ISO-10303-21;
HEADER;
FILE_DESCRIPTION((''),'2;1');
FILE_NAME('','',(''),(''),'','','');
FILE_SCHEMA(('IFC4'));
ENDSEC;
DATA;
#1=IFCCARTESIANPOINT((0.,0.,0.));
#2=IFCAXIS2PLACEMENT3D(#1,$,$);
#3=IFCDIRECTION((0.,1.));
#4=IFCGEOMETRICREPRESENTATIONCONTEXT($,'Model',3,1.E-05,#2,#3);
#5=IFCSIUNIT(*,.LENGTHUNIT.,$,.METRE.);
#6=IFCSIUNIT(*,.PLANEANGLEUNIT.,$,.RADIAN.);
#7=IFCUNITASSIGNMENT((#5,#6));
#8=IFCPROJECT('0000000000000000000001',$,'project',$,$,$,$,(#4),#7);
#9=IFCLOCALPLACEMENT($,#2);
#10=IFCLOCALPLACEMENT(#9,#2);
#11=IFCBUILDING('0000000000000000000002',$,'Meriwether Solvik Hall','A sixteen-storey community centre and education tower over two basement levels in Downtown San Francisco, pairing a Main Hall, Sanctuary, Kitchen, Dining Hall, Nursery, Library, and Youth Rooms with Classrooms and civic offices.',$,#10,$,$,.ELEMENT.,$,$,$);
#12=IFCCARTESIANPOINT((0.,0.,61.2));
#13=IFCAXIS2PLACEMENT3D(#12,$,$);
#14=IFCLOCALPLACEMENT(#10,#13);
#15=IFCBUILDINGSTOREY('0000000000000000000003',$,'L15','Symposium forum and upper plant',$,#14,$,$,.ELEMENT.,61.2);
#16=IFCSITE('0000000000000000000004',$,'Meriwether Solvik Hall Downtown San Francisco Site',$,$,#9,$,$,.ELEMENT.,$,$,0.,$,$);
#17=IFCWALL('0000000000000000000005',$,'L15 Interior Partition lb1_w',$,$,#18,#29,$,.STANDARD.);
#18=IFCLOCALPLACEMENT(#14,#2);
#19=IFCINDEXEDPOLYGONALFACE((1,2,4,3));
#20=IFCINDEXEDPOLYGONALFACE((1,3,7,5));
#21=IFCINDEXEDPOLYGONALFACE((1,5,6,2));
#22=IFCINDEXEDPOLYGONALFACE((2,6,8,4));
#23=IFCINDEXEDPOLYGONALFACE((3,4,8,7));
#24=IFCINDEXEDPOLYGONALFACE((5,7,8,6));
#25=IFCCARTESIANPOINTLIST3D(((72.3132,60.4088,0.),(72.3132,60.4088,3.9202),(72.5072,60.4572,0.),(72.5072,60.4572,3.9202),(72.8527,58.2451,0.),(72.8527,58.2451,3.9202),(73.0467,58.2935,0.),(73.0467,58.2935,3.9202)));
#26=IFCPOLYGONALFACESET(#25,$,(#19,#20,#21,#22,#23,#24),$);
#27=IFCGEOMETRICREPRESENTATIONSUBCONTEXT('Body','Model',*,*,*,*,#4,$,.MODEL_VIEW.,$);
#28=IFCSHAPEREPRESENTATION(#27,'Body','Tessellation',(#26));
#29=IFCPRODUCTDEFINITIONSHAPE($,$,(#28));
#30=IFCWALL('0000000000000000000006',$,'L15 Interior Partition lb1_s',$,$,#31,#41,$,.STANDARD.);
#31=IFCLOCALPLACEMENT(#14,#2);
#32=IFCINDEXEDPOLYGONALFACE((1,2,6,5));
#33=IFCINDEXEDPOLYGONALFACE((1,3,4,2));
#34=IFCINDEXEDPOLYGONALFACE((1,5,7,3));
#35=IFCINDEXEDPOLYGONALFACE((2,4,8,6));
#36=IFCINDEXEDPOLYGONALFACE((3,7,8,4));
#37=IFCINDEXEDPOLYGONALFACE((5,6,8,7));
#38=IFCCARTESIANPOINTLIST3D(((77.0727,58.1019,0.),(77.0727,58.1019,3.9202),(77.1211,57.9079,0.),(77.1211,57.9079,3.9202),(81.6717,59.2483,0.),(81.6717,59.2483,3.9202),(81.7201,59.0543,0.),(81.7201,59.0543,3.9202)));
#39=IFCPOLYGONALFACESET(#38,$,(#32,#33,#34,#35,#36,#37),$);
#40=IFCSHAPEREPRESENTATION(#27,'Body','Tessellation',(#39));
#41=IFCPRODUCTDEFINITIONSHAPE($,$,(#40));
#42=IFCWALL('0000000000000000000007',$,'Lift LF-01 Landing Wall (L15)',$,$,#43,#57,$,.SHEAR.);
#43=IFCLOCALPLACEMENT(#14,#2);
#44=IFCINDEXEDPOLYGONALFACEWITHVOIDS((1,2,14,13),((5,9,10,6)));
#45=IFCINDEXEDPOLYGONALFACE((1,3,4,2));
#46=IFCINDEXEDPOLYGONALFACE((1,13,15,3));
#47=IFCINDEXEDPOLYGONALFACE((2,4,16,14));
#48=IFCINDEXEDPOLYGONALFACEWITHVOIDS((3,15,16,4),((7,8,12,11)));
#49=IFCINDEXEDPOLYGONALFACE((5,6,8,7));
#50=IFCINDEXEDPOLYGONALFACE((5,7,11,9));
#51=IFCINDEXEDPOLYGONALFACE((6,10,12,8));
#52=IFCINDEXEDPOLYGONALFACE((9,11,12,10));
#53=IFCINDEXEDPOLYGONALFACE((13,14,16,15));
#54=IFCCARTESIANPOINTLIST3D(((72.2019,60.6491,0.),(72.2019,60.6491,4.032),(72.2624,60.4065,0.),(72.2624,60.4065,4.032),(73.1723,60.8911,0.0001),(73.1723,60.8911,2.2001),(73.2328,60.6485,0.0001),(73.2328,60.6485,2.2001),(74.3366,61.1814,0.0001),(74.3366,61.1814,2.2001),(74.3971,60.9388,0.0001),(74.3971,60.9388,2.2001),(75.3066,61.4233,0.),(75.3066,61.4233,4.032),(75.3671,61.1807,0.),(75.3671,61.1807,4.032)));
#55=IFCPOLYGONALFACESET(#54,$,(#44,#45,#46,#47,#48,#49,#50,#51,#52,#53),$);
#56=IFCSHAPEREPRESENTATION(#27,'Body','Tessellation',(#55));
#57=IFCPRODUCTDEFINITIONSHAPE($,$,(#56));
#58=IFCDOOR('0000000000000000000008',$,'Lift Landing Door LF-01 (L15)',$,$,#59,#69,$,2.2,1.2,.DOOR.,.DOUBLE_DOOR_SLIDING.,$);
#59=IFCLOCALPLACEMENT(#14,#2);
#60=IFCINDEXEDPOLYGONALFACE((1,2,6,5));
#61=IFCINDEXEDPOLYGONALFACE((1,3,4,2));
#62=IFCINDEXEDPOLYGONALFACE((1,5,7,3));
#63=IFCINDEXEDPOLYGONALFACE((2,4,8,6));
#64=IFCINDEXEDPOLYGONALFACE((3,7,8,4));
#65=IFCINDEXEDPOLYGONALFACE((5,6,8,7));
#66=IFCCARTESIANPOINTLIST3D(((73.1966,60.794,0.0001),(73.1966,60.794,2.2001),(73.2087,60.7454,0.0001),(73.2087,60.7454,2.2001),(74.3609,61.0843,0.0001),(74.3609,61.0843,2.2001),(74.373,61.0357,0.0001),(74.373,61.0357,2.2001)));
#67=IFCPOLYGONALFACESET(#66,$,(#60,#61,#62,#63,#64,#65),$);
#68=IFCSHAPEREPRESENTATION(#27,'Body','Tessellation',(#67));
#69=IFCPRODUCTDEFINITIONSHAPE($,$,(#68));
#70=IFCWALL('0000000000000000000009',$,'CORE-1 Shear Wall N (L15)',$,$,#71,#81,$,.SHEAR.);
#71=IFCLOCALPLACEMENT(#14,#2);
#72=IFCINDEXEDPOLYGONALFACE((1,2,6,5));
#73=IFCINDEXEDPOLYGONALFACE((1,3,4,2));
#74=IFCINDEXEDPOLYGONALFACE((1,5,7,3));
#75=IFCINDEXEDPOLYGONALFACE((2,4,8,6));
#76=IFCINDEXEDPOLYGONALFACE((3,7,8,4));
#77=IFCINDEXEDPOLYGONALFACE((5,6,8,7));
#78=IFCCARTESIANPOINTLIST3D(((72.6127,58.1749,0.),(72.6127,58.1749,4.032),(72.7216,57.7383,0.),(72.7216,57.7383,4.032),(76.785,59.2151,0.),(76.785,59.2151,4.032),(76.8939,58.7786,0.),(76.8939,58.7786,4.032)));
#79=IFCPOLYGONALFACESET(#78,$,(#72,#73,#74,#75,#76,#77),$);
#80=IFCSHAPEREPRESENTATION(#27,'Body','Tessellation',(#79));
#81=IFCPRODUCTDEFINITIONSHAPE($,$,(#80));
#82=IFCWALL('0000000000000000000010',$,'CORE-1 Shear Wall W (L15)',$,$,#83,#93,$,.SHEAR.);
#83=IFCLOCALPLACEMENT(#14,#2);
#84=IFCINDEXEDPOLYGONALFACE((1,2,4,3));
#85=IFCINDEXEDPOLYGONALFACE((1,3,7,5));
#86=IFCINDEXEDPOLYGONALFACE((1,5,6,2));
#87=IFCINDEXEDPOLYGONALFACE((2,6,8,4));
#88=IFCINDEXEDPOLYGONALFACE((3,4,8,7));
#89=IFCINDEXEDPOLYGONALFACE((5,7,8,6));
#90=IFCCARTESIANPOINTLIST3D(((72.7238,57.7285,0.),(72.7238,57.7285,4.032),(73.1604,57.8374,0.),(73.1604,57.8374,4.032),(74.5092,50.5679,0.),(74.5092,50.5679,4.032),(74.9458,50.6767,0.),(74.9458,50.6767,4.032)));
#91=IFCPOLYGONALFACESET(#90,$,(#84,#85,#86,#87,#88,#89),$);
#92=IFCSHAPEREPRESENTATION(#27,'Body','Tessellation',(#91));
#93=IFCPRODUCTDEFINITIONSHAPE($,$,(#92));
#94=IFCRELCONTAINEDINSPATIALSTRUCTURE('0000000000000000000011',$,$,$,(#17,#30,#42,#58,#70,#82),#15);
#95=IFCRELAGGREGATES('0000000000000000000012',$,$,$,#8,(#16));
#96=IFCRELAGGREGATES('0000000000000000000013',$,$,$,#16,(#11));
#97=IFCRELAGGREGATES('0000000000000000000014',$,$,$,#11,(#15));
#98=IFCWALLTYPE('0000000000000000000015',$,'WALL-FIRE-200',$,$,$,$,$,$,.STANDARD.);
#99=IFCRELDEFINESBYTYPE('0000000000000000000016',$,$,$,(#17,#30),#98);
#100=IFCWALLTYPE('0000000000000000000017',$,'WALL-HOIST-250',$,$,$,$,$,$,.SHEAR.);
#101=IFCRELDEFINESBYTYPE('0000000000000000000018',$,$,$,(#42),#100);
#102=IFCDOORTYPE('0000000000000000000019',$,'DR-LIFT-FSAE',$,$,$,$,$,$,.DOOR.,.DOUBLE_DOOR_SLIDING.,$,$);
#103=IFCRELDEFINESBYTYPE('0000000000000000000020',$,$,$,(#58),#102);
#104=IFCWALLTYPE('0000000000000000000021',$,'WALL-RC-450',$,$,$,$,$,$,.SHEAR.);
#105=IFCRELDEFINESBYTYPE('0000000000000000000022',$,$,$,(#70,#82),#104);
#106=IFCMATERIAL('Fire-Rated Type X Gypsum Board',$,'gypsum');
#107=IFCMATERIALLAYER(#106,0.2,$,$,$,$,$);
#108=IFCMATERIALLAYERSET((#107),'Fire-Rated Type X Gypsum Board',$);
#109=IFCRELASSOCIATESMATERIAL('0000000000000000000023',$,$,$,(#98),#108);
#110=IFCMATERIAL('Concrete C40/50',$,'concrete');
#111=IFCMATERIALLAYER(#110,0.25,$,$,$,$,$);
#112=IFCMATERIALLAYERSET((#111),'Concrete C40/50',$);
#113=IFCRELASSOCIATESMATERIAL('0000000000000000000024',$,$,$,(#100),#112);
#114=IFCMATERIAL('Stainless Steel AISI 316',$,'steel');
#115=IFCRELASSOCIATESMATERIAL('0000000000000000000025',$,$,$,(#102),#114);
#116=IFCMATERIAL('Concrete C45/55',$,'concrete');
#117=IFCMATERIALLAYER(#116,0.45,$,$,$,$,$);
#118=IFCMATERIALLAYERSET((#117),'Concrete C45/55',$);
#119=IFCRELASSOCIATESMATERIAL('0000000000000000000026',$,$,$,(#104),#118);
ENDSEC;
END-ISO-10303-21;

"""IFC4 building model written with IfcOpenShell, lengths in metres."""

from ifc_helpers import new_model, si_unit, direction, frame, frame_2d, origin, place, context, subcontext, project, spatial, rectangle, extrude, material, layer, layer_set, type_object, element, fill, save


model = new_model("IFC4")

# Units and contexts
model_context = context("Model", 3, precision=1e-05, world=origin(), true_north=direction((0.0, 1.0)))
body_context = subcontext(model_context, "Body", "Model", "MODEL_VIEW")
ifc_project = project(units=[si_unit("LENGTHUNIT", "METRE"), si_unit("PLANEANGLEUNIT", "RADIAN")], contexts=[model_context])

# Site, building, storey
site_placement = place(None, origin())
site = spatial("IfcSite", under=ifc_project, at=site_placement, Name="Meriwether Solvik Hall Downtown San Francisco Site", CompositionType="ELEMENT", RefElevation=0.0)
building_placement = place(site_placement, origin())
building = spatial("IfcBuilding", under=site, at=building_placement, Name="Meriwether Solvik Hall", Description="A sixteen-storey community centre and education tower over two basement levels in Downtown San Francisco, pairing a Main Hall, Sanctuary, Kitchen, Dining Hall, Nursery, Library, and Youth Rooms with Classrooms and civic offices.", CompositionType="ELEMENT")
storey_placement = place(building_placement, frame((0.0, 0.0, 61.2)))
storey = spatial("IfcBuildingStorey", under=building, at=storey_placement, Name="L15", Description="Symposium forum and upper plant", CompositionType="ELEMENT", Elevation=61.2)

# Walls
ifc_material_1 = material(Name="Fire-Rated Type X Gypsum Board", Category="gypsum")
ifc_layer_1 = layer(ifc_material_1, 0.2)
ifc_layer_set_1 = layer_set([ifc_layer_1], Name="Fire-Rated Type X Gypsum Board")
wall_type_1 = type_object("IfcWallType", Name="WALL-FIRE-200", PredefinedType="STANDARD", material=ifc_layer_set_1)
wall_1_placement = place(storey_placement, frame((72.9497, 58.2693, 0.0), z_axis=(0.0, 0.0, 1.0), x_axis=(-0.241943, 0.97029, 0.0)))
element("IfcWall", 1, at=wall_1_placement, inside=storey, type_object=wall_type_1, Name="L15 Interior Partition lb1_w", PredefinedType="STANDARD", context=body_context, shape_type="SweptSolid", body=[
    extrude(rectangle(XDim=2.23, YDim=0.2, at=frame_2d((1.115, 0.0))), origin(), (0.0, 0.0, 1.0), 3.9202),
])
wall_2_placement = place(storey_placement, frame((77.0969, 58.0049, 0.0), z_axis=(0.0, 0.0, 1.0), x_axis=(0.970306, 0.241881, 0.0)))
element("IfcWall", 2, at=wall_2_placement, inside=storey, type_object=wall_type_1, Name="L15 Interior Partition lb1_s", PredefinedType="STANDARD", context=body_context, shape_type="SweptSolid", body=[
    extrude(rectangle(XDim=4.7397, YDim=0.2, at=frame_2d((2.3699, 0.0))), origin(), (0.0, 0.0, 1.0), 3.9202),
])

# Wall, opening, door
ifc_material_2 = material(Name="Concrete C40/50", Category="concrete")
ifc_layer_2 = layer(ifc_material_2, 0.25)
ifc_layer_set_2 = layer_set([ifc_layer_2], Name="Concrete C40/50")
wall_type_2 = type_object("IfcWallType", Name="WALL-HOIST-250", PredefinedType="SHEAR", material=ifc_layer_set_2)
wall_3_placement = place(storey_placement, frame((72.2322, 60.5278, 0.0), z_axis=(0.0, 0.0, 1.0), x_axis=(0.97029, 0.241943, 0.0)))
wall_3 = element("IfcWall", 3, at=wall_3_placement, inside=storey, type_object=wall_type_2, Name="Lift LF-01 Landing Wall (L15)", PredefinedType="SHEAR", context=body_context, shape_type="SweptSolid", body=[
    extrude(rectangle(XDim=3.1997, YDim=0.25, at=frame_2d((1.5999, 0.0))), origin(), (0.0, 0.0, 1.0), 4.032),
])
opening_placement = place(wall_3_placement, frame((1.0, 0.0, 0.0)))
opening = element("IfcOpeningElement", 4, at=opening_placement, cuts=wall_3, PredefinedType="OPENING", context=body_context, shape_type="SweptSolid", body=[
    extrude(rectangle(XDim=1.2, YDim=2.2, at=frame_2d((0.6001, 1.1001))), frame((0.0, 0.137, 0.0), z_axis=(0.0, -1.0, 0.0), x_axis=(1.0, 0.0, 0.0)), (0.0, 0.0, 1.0), 0.2739),
])
ifc_material_3 = material(Name="Stainless Steel AISI 316", Category="steel")
door_type = type_object("IfcDoorType", Name="DR-LIFT-FSAE", OperationType="DOUBLE_DOOR_SLIDING", PredefinedType="DOOR", material=ifc_material_3)
door_placement = place(opening_placement, origin())
door = element("IfcDoor", 5, at=door_placement, inside=storey, type_object=door_type, Name="Lift Landing Door LF-01 (L15)", OperationType="DOUBLE_DOOR_SLIDING", OverallHeight=2.2, OverallWidth=1.2, PredefinedType="DOOR", context=body_context, shape_type="SweptSolid", body=[
    extrude(rectangle(XDim=1.2, YDim=2.2, at=frame_2d((0.6001, 1.1001))), frame((0.0, 0.0249, 0.0), z_axis=(0.0, -1.0, 0.0), x_axis=(1.0, 0.0, 0.0)), (0.0, 0.0, 1.0), 0.05),
])
fill(opening, door)

# Walls
ifc_material_4 = material(Name="Concrete C45/55", Category="concrete")
ifc_layer_3 = layer(ifc_material_4, 0.45)
ifc_layer_set_3 = layer_set([ifc_layer_3], Name="Concrete C45/55")
wall_type_3 = type_object("IfcWallType", Name="WALL-RC-450", PredefinedType="SHEAR", material=ifc_layer_set_3)
wall_4_placement = place(storey_placement, frame((76.8394, 58.9968, 0.0), z_axis=(0.0, 0.0, 1.0), x_axis=(-0.970296, -0.241921, 0.0)))
element("IfcWall", 6, at=wall_4_placement, inside=storey, type_object=wall_type_3, Name="CORE-1 Shear Wall N (L15)", PredefinedType="SHEAR", context=body_context, shape_type="SweptSolid", body=[
    extrude(rectangle(XDim=4.3, YDim=0.45, at=frame_2d((2.1499, 0.0))), origin(), (0.0, 0.0, 1.0), 4.032),
])
wall_5_placement = place(storey_placement, frame((72.9421, 57.783, 0.0), z_axis=(0.0, 0.0, 1.0), x_axis=(0.241928, -0.970294, 0.0)))
element("IfcWall", 7, at=wall_5_placement, inside=storey, type_object=wall_type_3, Name="CORE-1 Shear Wall W (L15)", PredefinedType="SHEAR", context=body_context, shape_type="SweptSolid", body=[
    extrude(rectangle(XDim=7.3799, YDim=0.45, at=frame_2d((3.6899, 0.0))), origin(), (0.0, 0.0, 1.0), 4.032),
])

save(model, "model.ifc")
